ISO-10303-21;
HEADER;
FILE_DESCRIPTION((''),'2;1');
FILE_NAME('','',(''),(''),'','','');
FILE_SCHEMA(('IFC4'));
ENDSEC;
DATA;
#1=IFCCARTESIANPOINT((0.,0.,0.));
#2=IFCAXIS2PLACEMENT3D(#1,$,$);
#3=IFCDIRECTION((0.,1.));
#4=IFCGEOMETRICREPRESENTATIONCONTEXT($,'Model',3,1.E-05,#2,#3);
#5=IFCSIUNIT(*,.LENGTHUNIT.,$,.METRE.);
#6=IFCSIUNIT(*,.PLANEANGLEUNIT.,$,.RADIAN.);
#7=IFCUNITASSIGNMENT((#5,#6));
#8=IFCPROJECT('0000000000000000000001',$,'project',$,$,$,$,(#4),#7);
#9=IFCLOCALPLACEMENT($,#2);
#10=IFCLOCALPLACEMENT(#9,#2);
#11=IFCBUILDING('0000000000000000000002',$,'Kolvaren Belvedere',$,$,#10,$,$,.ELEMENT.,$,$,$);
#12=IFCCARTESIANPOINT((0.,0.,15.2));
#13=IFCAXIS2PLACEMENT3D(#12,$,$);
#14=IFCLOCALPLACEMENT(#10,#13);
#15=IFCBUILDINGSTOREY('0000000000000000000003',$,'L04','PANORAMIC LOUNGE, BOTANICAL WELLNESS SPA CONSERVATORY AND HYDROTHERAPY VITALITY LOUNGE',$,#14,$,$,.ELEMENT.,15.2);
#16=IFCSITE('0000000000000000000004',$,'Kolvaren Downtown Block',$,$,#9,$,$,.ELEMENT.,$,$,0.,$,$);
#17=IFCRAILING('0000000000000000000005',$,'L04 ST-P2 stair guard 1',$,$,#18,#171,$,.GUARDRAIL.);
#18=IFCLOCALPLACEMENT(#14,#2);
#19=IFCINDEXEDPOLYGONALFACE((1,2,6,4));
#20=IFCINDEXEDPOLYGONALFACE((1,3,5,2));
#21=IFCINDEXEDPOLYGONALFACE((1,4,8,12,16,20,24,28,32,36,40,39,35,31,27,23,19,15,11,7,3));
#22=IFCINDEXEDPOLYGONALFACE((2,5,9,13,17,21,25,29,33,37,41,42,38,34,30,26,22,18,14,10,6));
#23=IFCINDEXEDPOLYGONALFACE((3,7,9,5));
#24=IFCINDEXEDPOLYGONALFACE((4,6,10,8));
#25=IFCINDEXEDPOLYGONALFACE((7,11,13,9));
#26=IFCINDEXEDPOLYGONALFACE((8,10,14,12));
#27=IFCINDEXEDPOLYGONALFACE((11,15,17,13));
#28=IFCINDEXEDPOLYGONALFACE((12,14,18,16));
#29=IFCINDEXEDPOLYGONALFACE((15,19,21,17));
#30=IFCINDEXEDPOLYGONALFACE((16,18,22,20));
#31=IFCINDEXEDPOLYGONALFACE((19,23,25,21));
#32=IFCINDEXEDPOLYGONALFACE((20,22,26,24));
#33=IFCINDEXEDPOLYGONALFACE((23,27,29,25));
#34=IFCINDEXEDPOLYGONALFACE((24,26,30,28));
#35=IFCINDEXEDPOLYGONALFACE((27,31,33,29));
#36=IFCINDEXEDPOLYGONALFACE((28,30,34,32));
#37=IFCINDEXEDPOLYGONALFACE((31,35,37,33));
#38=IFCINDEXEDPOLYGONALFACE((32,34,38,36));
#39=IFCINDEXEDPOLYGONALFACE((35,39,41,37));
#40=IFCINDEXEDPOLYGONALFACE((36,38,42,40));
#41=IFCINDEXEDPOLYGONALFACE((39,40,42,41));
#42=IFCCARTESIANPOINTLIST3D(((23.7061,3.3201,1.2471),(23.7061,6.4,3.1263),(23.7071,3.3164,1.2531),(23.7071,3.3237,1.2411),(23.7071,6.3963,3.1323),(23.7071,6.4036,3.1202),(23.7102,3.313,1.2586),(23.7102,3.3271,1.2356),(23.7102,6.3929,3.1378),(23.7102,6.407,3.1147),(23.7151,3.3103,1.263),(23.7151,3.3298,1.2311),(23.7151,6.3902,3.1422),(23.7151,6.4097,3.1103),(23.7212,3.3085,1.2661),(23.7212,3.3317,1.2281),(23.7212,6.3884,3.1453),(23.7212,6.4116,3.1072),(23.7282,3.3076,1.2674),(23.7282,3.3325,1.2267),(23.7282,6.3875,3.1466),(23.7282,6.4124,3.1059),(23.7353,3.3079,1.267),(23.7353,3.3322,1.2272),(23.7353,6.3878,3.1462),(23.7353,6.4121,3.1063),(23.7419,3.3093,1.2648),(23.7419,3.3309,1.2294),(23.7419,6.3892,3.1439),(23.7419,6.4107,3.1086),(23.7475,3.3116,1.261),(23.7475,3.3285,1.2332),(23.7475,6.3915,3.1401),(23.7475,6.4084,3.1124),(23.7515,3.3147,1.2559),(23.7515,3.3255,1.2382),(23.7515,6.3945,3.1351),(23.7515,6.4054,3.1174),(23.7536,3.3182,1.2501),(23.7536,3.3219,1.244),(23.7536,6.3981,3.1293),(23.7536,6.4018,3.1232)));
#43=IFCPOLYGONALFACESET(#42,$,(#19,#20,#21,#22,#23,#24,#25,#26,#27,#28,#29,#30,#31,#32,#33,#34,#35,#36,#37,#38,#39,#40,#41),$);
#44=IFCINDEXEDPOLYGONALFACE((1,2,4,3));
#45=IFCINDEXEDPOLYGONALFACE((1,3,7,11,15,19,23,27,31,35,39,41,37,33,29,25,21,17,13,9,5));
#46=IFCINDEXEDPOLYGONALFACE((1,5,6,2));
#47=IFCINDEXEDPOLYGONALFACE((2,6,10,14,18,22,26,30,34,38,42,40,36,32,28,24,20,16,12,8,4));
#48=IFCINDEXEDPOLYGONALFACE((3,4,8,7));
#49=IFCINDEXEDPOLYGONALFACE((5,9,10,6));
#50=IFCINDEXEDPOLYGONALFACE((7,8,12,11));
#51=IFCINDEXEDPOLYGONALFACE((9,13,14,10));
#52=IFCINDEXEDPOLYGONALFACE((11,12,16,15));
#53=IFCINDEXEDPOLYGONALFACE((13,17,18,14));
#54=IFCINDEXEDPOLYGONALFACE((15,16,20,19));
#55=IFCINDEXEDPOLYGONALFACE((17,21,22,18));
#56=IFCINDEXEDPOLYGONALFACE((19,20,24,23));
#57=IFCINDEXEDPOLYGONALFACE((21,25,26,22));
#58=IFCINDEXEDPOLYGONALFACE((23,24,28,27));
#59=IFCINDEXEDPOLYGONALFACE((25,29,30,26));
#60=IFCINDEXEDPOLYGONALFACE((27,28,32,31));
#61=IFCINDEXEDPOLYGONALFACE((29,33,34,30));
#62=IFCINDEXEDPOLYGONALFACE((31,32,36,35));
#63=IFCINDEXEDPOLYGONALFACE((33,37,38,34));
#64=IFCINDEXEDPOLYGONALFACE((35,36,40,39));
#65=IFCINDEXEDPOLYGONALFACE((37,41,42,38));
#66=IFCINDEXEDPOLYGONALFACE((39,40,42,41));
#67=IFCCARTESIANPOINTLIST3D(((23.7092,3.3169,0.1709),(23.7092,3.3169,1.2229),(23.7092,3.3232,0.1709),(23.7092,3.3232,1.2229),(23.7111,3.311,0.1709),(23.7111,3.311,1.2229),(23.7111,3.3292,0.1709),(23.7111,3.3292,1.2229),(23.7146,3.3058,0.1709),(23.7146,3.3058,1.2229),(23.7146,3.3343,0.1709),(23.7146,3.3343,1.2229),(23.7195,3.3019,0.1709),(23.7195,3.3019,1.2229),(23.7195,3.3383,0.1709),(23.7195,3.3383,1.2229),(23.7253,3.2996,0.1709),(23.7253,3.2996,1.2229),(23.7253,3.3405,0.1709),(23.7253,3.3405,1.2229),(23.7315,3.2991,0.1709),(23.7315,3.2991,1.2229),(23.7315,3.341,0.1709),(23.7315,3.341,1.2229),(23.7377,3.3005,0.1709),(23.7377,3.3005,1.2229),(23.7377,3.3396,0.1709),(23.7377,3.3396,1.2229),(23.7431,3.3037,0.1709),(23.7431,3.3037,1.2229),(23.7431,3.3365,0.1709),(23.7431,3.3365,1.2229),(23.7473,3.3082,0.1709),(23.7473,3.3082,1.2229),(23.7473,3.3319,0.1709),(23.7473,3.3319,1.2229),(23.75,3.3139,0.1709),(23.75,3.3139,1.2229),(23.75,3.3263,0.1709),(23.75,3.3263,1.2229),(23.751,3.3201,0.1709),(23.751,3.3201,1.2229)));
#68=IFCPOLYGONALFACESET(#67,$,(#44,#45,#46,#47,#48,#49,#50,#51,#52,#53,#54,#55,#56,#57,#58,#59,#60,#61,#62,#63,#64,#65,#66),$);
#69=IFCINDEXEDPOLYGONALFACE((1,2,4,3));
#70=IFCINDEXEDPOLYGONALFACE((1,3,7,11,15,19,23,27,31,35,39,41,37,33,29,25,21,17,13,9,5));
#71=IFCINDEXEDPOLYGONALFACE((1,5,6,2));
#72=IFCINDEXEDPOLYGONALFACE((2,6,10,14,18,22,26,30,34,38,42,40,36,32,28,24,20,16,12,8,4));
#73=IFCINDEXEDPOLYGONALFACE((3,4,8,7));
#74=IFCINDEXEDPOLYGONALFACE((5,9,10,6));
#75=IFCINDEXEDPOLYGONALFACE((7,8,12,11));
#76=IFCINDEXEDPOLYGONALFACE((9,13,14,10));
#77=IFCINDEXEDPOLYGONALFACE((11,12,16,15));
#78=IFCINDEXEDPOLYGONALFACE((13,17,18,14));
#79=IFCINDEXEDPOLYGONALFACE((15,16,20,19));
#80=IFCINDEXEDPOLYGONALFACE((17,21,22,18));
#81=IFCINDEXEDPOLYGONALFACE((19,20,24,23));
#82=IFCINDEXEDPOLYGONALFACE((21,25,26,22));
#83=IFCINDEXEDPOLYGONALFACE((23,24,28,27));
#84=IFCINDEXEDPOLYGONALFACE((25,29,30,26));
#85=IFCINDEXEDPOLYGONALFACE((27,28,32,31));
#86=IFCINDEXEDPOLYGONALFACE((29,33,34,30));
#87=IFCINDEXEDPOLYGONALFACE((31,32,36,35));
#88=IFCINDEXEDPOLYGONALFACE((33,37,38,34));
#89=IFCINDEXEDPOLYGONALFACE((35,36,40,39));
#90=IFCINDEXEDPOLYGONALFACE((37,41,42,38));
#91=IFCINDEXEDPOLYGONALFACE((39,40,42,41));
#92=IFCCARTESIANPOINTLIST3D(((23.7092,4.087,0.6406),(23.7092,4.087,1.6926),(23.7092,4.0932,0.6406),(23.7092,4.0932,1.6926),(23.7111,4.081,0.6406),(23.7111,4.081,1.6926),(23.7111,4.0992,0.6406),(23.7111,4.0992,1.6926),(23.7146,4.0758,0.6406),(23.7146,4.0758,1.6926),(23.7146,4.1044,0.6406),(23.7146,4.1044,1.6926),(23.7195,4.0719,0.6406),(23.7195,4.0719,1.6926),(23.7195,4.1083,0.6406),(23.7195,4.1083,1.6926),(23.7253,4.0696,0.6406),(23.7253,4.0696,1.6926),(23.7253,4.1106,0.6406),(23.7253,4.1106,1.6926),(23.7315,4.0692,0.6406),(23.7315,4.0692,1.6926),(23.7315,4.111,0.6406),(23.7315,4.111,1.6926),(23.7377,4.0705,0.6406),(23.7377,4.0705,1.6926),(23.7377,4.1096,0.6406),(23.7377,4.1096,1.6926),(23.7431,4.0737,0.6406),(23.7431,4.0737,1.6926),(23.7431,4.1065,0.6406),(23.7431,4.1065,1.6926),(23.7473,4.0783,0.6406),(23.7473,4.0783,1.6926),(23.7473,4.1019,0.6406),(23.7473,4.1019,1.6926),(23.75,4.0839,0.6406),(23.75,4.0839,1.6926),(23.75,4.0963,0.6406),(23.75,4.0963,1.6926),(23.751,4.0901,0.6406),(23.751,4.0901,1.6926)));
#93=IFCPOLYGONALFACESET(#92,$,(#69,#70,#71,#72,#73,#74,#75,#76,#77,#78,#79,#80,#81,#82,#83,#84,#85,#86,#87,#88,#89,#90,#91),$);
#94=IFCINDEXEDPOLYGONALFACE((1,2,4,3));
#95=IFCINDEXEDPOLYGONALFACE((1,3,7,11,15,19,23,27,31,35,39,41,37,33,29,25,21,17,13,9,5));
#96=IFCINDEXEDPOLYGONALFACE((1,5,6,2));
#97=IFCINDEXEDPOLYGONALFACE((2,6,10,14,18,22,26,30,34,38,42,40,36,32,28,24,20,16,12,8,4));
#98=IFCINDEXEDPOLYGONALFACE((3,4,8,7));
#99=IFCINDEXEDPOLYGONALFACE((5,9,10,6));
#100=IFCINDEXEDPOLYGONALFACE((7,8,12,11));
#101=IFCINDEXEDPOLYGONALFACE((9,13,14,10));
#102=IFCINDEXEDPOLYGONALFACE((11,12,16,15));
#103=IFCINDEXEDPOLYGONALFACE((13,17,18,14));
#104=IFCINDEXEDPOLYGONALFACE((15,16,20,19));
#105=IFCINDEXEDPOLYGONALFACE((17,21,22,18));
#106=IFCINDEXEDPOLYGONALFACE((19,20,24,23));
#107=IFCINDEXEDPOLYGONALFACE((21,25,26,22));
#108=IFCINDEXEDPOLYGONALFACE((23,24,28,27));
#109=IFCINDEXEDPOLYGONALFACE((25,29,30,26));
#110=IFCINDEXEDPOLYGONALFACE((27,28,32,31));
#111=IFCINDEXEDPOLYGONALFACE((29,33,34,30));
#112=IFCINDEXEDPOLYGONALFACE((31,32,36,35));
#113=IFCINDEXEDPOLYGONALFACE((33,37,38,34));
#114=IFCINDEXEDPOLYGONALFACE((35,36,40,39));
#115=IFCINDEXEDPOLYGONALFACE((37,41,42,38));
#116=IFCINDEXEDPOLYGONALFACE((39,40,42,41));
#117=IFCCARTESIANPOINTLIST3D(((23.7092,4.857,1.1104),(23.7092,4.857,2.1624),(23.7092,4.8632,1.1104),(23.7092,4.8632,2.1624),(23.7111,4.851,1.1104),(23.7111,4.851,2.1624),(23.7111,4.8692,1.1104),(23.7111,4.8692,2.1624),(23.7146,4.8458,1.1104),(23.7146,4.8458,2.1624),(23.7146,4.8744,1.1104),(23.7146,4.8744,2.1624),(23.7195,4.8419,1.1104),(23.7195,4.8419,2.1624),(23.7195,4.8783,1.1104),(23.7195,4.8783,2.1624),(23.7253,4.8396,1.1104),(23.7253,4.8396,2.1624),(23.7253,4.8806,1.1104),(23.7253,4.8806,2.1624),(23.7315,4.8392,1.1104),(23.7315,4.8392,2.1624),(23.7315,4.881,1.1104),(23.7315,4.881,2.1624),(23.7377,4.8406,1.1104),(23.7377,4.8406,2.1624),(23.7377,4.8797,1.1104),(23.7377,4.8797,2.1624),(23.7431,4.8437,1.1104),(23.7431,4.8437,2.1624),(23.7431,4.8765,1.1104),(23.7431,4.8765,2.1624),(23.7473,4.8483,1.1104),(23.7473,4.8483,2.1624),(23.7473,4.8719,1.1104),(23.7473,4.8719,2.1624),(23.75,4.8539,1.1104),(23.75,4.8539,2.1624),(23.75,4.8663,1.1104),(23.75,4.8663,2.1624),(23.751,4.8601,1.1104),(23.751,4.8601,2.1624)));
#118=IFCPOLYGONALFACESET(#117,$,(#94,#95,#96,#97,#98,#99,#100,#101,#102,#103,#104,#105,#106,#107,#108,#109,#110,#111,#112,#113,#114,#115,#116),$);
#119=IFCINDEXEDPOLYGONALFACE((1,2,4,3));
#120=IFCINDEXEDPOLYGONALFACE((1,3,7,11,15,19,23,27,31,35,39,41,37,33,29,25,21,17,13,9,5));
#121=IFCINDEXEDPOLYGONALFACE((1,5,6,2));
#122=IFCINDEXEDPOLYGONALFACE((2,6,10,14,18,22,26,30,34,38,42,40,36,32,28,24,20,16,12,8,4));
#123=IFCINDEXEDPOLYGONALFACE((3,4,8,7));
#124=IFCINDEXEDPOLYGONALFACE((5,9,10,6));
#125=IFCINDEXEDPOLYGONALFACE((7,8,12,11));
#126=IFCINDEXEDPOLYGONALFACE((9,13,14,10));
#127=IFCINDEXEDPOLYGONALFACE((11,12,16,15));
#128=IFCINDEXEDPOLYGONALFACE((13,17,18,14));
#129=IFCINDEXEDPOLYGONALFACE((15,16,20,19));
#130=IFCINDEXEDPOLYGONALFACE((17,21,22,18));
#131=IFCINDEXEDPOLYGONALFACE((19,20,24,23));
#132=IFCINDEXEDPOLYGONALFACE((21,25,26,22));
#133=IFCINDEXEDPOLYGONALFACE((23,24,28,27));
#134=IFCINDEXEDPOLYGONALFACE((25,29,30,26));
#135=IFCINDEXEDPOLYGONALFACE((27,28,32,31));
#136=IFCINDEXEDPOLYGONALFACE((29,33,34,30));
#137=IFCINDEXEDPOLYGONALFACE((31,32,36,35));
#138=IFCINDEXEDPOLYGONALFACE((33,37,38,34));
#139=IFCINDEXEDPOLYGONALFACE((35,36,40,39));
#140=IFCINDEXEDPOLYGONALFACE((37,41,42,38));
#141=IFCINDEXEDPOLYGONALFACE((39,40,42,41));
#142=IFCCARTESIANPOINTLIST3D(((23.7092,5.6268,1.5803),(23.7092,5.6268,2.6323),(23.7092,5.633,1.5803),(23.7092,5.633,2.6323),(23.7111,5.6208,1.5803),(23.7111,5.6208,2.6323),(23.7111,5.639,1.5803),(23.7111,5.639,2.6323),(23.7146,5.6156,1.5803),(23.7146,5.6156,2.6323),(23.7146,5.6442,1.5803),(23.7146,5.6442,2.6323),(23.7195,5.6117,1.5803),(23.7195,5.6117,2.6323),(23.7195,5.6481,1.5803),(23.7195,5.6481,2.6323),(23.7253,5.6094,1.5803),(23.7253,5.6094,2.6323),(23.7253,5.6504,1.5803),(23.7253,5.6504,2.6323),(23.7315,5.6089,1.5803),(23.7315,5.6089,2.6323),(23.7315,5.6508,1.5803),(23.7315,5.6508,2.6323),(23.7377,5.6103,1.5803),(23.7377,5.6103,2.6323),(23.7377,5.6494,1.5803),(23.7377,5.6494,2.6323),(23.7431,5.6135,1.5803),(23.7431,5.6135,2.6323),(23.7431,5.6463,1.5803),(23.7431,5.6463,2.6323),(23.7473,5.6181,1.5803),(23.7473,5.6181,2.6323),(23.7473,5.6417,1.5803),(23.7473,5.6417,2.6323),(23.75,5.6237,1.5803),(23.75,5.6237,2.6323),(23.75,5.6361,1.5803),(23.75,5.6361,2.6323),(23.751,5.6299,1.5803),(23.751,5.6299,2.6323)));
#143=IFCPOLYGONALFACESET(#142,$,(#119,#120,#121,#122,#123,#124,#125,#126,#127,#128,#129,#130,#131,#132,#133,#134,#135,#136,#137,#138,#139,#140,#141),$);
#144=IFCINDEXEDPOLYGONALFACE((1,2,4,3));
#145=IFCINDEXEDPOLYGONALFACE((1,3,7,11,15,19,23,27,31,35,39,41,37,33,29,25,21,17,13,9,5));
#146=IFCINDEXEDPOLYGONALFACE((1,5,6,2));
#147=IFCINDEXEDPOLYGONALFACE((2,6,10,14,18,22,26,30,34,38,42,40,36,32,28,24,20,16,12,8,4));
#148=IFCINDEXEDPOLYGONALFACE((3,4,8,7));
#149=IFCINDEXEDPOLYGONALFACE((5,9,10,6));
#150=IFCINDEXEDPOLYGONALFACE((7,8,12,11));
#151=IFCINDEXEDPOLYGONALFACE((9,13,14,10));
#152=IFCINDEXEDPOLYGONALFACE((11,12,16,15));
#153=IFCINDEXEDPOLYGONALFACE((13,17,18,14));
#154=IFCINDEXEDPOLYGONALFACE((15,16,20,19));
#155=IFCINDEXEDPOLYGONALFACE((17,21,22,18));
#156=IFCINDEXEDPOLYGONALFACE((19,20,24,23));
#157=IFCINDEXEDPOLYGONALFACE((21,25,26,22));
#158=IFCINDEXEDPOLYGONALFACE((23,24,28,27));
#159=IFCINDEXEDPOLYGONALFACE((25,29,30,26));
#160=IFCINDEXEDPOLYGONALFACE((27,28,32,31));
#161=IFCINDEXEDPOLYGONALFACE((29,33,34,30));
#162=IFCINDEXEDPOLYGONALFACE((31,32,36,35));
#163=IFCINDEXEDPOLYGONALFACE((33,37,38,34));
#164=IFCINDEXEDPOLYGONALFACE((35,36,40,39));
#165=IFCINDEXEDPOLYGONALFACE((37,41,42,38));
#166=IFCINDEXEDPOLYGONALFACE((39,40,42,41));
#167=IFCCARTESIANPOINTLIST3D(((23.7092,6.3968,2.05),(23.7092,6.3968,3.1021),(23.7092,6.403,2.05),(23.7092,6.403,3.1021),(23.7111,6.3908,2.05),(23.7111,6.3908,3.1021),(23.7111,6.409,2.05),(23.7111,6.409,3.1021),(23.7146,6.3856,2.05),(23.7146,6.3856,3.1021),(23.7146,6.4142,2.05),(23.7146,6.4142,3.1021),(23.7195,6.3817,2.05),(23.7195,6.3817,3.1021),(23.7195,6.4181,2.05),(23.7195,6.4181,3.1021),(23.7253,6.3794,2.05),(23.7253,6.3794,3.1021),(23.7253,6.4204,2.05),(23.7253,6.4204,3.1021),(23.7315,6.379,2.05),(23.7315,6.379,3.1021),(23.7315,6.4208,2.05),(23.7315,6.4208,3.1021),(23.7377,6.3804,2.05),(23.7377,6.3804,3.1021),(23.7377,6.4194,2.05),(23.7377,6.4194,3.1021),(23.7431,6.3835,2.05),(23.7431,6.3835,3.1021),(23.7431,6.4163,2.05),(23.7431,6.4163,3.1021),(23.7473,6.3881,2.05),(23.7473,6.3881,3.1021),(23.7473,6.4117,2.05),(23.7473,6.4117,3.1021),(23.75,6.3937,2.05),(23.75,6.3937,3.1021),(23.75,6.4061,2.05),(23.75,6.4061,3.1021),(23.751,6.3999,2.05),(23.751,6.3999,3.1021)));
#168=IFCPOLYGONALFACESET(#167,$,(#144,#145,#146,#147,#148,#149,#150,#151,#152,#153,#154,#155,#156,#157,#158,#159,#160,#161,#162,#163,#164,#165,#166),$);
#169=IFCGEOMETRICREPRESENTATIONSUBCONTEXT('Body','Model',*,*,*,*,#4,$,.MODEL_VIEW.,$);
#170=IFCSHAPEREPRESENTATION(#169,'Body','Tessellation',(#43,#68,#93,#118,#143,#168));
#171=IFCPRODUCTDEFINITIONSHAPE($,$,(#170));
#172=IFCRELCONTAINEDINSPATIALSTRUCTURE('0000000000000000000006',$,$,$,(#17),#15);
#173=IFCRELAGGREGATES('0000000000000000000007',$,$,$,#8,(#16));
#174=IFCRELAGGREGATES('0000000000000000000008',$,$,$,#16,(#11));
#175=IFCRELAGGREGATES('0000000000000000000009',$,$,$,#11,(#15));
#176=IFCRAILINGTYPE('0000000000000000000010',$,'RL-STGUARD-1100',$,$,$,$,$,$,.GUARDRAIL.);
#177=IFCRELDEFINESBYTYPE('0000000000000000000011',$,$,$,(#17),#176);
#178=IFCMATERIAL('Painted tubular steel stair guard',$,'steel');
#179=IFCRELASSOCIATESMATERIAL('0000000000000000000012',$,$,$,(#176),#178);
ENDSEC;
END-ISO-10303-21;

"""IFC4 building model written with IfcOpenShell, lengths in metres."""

from ifc_helpers import new_model, si_unit, direction, frame, origin, origin_2d, place, context, subcontext, project, spatial, circle, extrude, material, type_object, element, save


model = new_model("IFC4")

# Units and contexts
model_context = context("Model", 3, precision=1e-05, world=origin(), true_north=direction((0.0, 1.0)))
body_context = subcontext(model_context, "Body", "Model", "MODEL_VIEW")
ifc_project = project(units=[si_unit("LENGTHUNIT", "METRE"), si_unit("PLANEANGLEUNIT", "RADIAN")], contexts=[model_context])

# Site, building, storey
site_placement = place(None, origin())
site = spatial("IfcSite", under=ifc_project, at=site_placement, Name="Kolvaren Downtown Block", CompositionType="ELEMENT", RefElevation=0.0)
building_placement = place(site_placement, origin())
building = spatial("IfcBuilding", under=site, at=building_placement, Name="Kolvaren Belvedere", CompositionType="ELEMENT")
storey_placement = place(building_placement, frame((0.0, 0.0, 15.2)))
storey = spatial("IfcBuildingStorey", under=building, at=storey_placement, Name="L04", Description="PANORAMIC LOUNGE, BOTANICAL WELLNESS SPA CONSERVATORY AND HYDROTHERAPY VITALITY LOUNGE", CompositionType="ELEMENT", Elevation=15.2)

# Railing
ifc_material_1 = material(Name="Painted tubular steel stair guard", Category="steel")
railing_type_1 = type_object("IfcRailingType", Name="RL-STGUARD-1100", PredefinedType="GUARDRAIL", material=ifc_material_1)
railing_1_placement = place(storey_placement, frame((23.73, 3.3201, 0.1709)))
element("IfcRailing", 1, at=railing_1_placement, inside=storey, type_object=railing_type_1, Name="L04 ST-P2 stair guard 1", PredefinedType="GUARDRAIL", context=body_context, shape_type="SweptSolid", body=[
    extrude(circle(Radius=0.0239, at=origin_2d()), frame((0.0, 0.0, 1.0762), z_axis=(0.0, 0.853648, 0.52085), x_axis=(-1.0, 0.0, 0.0)), (0.0, 0.0, 1.0), 3.6079),
    extrude(circle(Radius=0.021, at=origin_2d()), origin(), (0.0, 0.0, 1.0), 1.052),
    extrude(circle(Radius=0.021, at=origin_2d()), frame((0.0, 0.77, 0.4697)), (0.0, 0.0, 1.0), 1.052),
    extrude(circle(Radius=0.021, at=origin_2d()), frame((0.0, 1.54, 0.9395)), (0.0, 0.0, 1.0), 1.052),
    extrude(circle(Radius=0.021, at=origin_2d()), frame((0.0, 2.3098, 1.4094)), (0.0, 0.0, 1.0), 1.052),
    extrude(circle(Radius=0.021, at=origin_2d()), frame((0.0, 3.0798, 1.8792)), (0.0, 0.0, 1.0), 1.052),
])

save(model, "model.ifc")
